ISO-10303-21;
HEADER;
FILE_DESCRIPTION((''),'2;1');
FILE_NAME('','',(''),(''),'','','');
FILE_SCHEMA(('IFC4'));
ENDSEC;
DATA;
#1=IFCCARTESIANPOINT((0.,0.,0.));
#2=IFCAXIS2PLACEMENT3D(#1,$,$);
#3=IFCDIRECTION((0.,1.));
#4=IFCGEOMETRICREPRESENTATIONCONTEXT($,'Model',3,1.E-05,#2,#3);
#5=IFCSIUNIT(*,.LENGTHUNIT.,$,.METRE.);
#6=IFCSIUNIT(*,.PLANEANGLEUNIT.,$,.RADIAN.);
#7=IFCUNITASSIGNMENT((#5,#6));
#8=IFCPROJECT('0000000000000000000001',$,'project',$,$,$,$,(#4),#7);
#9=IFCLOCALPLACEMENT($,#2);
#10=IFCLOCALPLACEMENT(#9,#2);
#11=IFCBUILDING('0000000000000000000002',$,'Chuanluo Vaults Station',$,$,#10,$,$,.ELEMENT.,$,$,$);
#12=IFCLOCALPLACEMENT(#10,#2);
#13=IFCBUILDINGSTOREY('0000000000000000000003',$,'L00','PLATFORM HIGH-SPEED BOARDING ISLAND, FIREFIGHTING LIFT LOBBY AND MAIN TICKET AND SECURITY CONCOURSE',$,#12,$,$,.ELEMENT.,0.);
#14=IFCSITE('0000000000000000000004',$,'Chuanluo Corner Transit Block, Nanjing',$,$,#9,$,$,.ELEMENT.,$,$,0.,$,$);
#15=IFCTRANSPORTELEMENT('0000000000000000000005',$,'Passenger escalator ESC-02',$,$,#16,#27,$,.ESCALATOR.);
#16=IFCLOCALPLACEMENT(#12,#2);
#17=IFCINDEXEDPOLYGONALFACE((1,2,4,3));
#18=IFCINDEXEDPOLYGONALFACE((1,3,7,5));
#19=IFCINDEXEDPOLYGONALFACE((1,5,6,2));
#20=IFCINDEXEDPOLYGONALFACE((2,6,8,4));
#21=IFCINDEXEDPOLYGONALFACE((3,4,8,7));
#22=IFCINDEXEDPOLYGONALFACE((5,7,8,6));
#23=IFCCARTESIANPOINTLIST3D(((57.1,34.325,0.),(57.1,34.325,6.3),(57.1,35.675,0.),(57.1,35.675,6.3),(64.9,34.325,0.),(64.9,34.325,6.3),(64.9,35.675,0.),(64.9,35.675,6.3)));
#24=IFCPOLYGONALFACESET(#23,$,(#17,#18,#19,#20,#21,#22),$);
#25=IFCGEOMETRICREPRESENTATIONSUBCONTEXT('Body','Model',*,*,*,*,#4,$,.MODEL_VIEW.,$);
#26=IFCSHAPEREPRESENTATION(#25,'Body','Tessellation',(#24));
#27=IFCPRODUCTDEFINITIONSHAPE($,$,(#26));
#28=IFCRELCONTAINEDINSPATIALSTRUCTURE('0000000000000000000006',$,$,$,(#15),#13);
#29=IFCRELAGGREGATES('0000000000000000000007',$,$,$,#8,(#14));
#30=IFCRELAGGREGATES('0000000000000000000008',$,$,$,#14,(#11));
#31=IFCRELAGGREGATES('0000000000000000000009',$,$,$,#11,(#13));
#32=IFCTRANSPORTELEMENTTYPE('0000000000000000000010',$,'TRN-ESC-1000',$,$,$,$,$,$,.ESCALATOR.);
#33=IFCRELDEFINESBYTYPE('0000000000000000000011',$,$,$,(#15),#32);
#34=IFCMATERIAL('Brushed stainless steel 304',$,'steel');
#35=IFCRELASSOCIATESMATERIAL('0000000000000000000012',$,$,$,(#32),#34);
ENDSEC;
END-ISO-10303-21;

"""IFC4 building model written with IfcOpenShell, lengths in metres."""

from ifc_helpers import new_model, si_unit, direction, frame, origin, origin_2d, place, context, subcontext, project, spatial, rectangle, extrude, material, type_object, element, save


model = new_model("IFC4")

# Units and contexts
model_context = context("Model", 3, precision=1e-05, world=origin(), true_north=direction((0.0, 1.0)))
body_context = subcontext(model_context, "Body", "Model", "MODEL_VIEW")
ifc_project = project(units=[si_unit("LENGTHUNIT", "METRE"), si_unit("PLANEANGLEUNIT", "RADIAN")], contexts=[model_context])

# Site, building, storey
site_placement = place(None, origin())
site = spatial("IfcSite", under=ifc_project, at=site_placement, Name="Chuanluo Corner Transit Block, Nanjing", CompositionType="ELEMENT", RefElevation=0.0)
building_placement = place(site_placement, origin())
building = spatial("IfcBuilding", under=site, at=building_placement, Name="Chuanluo Vaults Station", CompositionType="ELEMENT")
storey_placement = place(building_placement, origin())
storey = spatial("IfcBuildingStorey", under=building, at=storey_placement, Name="L00", Description="PLATFORM HIGH-SPEED BOARDING ISLAND, FIREFIGHTING LIFT LOBBY AND MAIN TICKET AND SECURITY CONCOURSE", CompositionType="ELEMENT", Elevation=0.0)

# Transport element
ifc_material_1 = material(Name="Brushed stainless steel 304", Category="steel")
transport_element_type = type_object("IfcTransportElementType", Name="TRN-ESC-1000", PredefinedType="ESCALATOR", material=ifc_material_1)
transport_element_placement = place(storey_placement, frame((61.0, 35.0, 0.0), z_axis=(0.0, 0.0, 1.0), x_axis=(1.0, 0.0, 0.0)))
element("IfcTransportElement", 1, at=transport_element_placement, inside=storey, type_object=transport_element_type, Name="Passenger escalator ESC-02", PredefinedType="ESCALATOR", context=body_context, shape_type="SweptSolid", body=[
    extrude(rectangle(XDim=7.8, YDim=1.3501, at=origin_2d()), origin(), (0.0, 0.0, 1.0), 6.3),
])

save(model, "model.ifc")
